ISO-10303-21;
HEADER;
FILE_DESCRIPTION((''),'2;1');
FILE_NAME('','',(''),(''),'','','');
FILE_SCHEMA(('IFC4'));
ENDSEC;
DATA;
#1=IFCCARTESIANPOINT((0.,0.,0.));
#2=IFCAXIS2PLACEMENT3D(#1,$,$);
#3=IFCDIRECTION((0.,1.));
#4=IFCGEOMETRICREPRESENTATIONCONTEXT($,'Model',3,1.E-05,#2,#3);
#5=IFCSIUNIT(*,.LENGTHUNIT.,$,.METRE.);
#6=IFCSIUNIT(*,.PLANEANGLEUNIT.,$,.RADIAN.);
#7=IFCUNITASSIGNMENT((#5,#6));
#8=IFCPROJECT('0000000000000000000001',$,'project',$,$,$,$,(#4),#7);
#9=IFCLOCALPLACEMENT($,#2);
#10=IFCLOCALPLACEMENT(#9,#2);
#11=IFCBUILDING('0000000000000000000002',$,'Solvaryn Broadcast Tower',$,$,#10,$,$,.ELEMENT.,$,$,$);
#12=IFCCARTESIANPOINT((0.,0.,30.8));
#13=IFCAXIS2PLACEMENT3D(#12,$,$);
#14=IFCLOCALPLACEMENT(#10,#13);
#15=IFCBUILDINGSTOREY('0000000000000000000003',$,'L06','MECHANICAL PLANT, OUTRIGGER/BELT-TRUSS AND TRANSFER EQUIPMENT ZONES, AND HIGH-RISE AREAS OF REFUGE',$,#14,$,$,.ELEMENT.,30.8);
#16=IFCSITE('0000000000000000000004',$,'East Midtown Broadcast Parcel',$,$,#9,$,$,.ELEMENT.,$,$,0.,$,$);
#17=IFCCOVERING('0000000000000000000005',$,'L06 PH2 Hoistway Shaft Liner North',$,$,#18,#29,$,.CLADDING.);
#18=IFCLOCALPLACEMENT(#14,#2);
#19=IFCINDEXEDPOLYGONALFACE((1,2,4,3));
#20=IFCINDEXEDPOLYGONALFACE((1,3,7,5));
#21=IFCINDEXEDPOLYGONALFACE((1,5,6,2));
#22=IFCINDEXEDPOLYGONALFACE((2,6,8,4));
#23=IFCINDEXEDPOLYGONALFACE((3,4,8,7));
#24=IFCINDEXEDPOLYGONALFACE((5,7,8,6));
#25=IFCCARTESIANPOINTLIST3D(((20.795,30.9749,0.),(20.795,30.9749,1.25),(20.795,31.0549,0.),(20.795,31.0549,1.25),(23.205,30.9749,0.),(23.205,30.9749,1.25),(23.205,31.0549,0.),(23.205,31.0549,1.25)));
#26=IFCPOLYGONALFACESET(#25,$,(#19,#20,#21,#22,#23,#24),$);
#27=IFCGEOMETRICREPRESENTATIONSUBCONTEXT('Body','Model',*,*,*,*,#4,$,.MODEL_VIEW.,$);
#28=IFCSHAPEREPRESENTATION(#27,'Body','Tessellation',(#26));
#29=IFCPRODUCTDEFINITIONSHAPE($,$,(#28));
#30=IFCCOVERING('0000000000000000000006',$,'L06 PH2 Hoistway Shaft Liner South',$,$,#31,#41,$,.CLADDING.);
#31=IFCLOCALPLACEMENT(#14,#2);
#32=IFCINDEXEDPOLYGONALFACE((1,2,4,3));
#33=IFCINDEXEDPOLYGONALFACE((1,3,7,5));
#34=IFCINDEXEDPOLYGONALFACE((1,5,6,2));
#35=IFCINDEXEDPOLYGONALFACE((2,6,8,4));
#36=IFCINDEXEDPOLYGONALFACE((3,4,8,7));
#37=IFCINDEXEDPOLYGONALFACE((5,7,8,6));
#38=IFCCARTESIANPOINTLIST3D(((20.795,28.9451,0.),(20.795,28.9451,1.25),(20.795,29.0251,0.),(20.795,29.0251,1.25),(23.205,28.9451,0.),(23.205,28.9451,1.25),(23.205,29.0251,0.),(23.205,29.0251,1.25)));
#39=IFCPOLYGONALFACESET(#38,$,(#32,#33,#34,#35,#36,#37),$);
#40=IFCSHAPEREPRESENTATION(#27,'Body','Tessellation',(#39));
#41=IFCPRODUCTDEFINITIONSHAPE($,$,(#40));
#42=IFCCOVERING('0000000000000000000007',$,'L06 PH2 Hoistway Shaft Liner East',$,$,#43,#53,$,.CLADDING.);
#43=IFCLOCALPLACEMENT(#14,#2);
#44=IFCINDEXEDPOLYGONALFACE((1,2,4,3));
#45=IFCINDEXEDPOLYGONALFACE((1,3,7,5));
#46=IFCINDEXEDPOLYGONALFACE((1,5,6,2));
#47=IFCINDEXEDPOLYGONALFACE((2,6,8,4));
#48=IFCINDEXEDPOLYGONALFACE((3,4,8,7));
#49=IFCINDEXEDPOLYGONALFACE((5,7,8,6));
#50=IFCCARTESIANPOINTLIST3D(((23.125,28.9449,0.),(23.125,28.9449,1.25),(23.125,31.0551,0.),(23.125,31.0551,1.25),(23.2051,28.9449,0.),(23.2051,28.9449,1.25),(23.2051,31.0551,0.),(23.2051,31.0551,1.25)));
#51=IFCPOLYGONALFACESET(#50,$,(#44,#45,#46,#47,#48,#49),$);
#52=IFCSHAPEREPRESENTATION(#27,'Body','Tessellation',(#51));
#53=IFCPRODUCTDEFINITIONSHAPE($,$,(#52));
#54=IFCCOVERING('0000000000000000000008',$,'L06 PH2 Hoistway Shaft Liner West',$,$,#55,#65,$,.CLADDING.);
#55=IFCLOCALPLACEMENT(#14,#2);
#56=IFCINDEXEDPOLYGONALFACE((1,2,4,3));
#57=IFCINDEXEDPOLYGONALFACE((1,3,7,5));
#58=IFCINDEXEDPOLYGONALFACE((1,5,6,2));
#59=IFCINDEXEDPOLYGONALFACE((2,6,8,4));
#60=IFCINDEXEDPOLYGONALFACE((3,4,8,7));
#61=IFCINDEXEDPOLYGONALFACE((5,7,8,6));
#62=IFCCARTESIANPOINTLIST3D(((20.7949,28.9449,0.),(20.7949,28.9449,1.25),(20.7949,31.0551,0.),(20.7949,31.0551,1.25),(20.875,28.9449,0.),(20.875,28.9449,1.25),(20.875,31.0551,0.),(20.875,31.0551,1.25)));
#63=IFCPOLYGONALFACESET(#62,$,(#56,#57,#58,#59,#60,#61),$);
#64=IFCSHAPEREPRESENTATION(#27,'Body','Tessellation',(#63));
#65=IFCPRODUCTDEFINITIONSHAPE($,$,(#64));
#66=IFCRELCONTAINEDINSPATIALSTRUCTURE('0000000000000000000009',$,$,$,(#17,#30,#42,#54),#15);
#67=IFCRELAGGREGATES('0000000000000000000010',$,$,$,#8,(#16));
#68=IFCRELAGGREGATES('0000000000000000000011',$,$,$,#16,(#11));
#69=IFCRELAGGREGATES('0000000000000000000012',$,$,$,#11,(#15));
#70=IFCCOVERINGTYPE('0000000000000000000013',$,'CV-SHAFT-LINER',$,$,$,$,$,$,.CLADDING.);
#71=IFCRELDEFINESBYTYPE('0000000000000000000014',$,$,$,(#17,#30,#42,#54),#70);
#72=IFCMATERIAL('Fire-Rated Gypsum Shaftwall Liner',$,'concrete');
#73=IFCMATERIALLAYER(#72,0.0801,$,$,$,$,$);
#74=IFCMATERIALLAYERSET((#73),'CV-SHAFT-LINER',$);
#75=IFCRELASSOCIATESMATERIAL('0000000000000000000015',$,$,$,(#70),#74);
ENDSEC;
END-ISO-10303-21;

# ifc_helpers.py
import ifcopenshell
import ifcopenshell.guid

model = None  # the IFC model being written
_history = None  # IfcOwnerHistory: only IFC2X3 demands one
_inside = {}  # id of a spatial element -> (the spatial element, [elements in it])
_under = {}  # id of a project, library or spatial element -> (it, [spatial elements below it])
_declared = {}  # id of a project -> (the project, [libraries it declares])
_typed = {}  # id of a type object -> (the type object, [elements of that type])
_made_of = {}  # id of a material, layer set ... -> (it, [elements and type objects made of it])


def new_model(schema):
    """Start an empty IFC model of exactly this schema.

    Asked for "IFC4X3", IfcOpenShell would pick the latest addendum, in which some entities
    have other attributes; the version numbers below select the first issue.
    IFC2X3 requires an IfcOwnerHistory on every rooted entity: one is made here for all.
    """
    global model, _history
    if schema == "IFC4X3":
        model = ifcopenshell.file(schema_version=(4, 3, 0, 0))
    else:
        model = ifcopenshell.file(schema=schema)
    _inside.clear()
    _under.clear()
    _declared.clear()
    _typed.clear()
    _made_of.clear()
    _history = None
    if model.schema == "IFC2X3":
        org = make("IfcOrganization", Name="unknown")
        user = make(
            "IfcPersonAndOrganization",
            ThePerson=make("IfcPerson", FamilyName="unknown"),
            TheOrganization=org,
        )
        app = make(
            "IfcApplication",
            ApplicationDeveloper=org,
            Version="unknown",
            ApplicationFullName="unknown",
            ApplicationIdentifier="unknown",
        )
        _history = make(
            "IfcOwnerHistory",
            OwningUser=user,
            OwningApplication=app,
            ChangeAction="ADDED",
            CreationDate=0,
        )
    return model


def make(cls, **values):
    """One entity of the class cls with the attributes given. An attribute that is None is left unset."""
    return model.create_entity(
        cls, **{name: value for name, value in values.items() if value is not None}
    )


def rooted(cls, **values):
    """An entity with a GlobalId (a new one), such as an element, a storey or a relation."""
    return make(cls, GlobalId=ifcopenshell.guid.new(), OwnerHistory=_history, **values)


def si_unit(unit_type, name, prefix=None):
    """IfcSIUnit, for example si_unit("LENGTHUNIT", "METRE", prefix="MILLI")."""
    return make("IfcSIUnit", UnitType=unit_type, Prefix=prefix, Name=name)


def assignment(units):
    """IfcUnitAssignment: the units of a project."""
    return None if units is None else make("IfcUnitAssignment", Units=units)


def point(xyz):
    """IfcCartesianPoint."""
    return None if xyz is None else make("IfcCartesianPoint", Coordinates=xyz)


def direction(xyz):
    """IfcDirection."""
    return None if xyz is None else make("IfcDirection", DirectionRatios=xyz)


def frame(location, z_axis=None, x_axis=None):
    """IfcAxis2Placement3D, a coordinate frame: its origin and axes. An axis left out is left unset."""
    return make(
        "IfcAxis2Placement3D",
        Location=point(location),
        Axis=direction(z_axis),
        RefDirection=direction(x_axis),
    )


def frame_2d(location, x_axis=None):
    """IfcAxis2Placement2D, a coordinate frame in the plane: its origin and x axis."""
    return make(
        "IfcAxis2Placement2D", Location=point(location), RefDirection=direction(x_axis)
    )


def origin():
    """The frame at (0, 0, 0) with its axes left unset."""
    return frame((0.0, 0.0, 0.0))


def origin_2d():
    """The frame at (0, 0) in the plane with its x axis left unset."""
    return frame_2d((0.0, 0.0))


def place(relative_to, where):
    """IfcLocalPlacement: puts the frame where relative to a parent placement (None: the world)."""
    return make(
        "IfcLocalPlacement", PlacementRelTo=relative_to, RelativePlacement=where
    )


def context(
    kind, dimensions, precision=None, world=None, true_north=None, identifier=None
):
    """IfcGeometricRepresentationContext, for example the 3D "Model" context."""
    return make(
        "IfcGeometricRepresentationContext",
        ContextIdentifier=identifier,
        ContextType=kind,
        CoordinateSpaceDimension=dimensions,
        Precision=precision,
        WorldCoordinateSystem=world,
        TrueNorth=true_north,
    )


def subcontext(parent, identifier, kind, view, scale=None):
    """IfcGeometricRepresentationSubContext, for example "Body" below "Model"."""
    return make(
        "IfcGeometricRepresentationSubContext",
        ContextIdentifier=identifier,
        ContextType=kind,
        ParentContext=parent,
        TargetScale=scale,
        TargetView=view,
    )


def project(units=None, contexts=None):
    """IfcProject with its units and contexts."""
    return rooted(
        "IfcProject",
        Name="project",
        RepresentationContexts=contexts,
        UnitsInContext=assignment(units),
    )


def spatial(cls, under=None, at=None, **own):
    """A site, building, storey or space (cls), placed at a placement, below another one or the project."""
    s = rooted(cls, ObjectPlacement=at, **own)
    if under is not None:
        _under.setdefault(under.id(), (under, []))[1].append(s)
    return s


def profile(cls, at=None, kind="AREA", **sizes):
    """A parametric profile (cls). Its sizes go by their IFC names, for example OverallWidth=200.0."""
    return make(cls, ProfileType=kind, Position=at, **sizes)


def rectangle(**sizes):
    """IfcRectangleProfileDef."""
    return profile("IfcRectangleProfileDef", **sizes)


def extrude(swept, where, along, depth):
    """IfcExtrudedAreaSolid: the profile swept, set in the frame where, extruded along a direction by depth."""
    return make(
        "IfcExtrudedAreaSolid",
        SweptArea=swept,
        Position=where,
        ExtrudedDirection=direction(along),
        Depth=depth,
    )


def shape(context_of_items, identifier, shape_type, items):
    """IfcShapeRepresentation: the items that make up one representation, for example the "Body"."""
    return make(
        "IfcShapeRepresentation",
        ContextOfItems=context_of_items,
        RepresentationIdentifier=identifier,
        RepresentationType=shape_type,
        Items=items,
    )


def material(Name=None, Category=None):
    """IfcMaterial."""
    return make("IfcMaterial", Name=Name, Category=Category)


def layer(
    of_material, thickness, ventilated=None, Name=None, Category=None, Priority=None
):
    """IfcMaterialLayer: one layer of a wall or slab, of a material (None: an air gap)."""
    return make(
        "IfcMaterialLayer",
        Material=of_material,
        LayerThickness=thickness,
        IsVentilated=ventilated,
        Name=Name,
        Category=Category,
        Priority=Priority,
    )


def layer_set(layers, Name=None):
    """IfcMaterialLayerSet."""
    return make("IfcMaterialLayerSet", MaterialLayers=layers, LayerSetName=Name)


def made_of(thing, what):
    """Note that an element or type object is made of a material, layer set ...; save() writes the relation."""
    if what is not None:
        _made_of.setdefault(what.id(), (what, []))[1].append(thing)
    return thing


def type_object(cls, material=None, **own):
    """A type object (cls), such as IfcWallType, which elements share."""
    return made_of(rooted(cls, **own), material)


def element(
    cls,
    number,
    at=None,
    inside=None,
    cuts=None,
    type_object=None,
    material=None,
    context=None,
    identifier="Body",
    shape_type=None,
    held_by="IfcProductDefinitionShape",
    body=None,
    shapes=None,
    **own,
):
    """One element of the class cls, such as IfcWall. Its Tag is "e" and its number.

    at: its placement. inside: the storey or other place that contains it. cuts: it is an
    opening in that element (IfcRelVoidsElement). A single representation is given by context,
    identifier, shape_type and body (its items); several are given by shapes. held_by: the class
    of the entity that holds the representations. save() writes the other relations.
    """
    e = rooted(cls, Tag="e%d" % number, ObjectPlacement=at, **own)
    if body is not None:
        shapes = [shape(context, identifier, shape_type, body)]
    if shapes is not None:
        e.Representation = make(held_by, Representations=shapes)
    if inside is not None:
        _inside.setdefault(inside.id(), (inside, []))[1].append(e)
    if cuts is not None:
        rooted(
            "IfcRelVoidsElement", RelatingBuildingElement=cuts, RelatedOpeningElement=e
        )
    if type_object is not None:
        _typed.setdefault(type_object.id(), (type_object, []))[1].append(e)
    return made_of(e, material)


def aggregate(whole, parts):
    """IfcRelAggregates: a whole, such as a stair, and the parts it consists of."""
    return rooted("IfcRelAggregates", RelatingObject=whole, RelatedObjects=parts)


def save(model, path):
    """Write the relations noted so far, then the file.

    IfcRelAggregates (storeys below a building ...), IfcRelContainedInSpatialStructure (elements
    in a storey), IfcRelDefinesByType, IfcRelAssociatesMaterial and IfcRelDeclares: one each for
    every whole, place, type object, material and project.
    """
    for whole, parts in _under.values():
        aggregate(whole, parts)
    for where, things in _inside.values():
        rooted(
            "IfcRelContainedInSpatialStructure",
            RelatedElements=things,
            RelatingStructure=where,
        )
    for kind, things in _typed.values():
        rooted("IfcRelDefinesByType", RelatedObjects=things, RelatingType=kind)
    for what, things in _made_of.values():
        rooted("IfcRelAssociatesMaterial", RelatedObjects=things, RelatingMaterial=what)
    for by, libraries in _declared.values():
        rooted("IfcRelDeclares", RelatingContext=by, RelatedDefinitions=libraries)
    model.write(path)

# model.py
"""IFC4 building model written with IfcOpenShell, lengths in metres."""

from ifc_helpers import new_model, si_unit, direction, frame, origin, origin_2d, place, context, subcontext, project, spatial, rectangle, extrude, material, layer, layer_set, type_object, element, save


model = new_model("IFC4")

# Units and contexts
model_context = context("Model", 3, precision=1e-05, world=origin(), true_north=direction((0.0, 1.0)))
body_context = subcontext(model_context, "Body", "Model", "MODEL_VIEW")
ifc_project = project(units=[si_unit("LENGTHUNIT", "METRE"), si_unit("PLANEANGLEUNIT", "RADIAN")], contexts=[model_context])

# Site, building, storey
site_placement = place(None, origin())
site = spatial("IfcSite", under=ifc_project, at=site_placement, Name="East Midtown Broadcast Parcel", CompositionType="ELEMENT", RefElevation=0.0)
building_placement = place(site_placement, origin())
building = spatial("IfcBuilding", under=site, at=building_placement, Name="Solvaryn Broadcast Tower", CompositionType="ELEMENT")
storey_placement = place(building_placement, frame((0.0, 0.0, 30.8)))
storey = spatial("IfcBuildingStorey", under=building, at=storey_placement, Name="L06", Description="MECHANICAL PLANT, OUTRIGGER/BELT-TRUSS AND TRANSFER EQUIPMENT ZONES, AND HIGH-RISE AREAS OF REFUGE", CompositionType="ELEMENT", Elevation=30.8)

# Coverings
ifc_material_1 = material(Name="Fire-Rated Gypsum Shaftwall Liner", Category="concrete")
ifc_layer_1 = layer(ifc_material_1, 0.0801)
ifc_layer_set_1 = layer_set([ifc_layer_1], Name="CV-SHAFT-LINER")
covering_type = type_object("IfcCoveringType", Name="CV-SHAFT-LINER", PredefinedType="CLADDING", material=ifc_layer_set_1)
for number, where, z_axis, x_axis, name in (
    (1, (22.0, 31.0149, 0.0), (0.0, 0.0, 1.0), (1.0, 0.0, 0.0), "L06 PH2 Hoistway Shaft Liner North"),
    (2, (22.0, 28.9851, 0.0), (0.0, 0.0, 1.0), (1.0, 0.0, 0.0), "L06 PH2 Hoistway Shaft Liner South"),
):
    element("IfcCovering", number, at=place(storey_placement, frame(where, z_axis=z_axis, x_axis=x_axis)), inside=storey, type_object=covering_type, Name=name, PredefinedType="CLADDING", context=body_context, shape_type="SweptSolid", body=[
        extrude(rectangle(XDim=2.4099, YDim=0.0801, at=origin_2d()), origin(), (0.0, 0.0, 1.0), 1.25),
    ])
for number, where, z_axis, x_axis, name in (
    (3, (23.165, 30.0, 0.0), (0.0, 0.0, 1.0), (1.0, 0.0, 0.0), "L06 PH2 Hoistway Shaft Liner East"),
    (4, (20.835, 30.0, 0.0), (0.0, 0.0, 1.0), (1.0, 0.0, 0.0), "L06 PH2 Hoistway Shaft Liner West"),
):
    element("IfcCovering", number, at=place(storey_placement, frame(where, z_axis=z_axis, x_axis=x_axis)), inside=storey, type_object=covering_type, Name=name, PredefinedType="CLADDING", context=body_context, shape_type="SweptSolid", body=[
        extrude(rectangle(XDim=0.0801, YDim=2.1101, at=origin_2d()), origin(), (0.0, 0.0, 1.0), 1.25),
    ])

save(model, "model.ifc")
